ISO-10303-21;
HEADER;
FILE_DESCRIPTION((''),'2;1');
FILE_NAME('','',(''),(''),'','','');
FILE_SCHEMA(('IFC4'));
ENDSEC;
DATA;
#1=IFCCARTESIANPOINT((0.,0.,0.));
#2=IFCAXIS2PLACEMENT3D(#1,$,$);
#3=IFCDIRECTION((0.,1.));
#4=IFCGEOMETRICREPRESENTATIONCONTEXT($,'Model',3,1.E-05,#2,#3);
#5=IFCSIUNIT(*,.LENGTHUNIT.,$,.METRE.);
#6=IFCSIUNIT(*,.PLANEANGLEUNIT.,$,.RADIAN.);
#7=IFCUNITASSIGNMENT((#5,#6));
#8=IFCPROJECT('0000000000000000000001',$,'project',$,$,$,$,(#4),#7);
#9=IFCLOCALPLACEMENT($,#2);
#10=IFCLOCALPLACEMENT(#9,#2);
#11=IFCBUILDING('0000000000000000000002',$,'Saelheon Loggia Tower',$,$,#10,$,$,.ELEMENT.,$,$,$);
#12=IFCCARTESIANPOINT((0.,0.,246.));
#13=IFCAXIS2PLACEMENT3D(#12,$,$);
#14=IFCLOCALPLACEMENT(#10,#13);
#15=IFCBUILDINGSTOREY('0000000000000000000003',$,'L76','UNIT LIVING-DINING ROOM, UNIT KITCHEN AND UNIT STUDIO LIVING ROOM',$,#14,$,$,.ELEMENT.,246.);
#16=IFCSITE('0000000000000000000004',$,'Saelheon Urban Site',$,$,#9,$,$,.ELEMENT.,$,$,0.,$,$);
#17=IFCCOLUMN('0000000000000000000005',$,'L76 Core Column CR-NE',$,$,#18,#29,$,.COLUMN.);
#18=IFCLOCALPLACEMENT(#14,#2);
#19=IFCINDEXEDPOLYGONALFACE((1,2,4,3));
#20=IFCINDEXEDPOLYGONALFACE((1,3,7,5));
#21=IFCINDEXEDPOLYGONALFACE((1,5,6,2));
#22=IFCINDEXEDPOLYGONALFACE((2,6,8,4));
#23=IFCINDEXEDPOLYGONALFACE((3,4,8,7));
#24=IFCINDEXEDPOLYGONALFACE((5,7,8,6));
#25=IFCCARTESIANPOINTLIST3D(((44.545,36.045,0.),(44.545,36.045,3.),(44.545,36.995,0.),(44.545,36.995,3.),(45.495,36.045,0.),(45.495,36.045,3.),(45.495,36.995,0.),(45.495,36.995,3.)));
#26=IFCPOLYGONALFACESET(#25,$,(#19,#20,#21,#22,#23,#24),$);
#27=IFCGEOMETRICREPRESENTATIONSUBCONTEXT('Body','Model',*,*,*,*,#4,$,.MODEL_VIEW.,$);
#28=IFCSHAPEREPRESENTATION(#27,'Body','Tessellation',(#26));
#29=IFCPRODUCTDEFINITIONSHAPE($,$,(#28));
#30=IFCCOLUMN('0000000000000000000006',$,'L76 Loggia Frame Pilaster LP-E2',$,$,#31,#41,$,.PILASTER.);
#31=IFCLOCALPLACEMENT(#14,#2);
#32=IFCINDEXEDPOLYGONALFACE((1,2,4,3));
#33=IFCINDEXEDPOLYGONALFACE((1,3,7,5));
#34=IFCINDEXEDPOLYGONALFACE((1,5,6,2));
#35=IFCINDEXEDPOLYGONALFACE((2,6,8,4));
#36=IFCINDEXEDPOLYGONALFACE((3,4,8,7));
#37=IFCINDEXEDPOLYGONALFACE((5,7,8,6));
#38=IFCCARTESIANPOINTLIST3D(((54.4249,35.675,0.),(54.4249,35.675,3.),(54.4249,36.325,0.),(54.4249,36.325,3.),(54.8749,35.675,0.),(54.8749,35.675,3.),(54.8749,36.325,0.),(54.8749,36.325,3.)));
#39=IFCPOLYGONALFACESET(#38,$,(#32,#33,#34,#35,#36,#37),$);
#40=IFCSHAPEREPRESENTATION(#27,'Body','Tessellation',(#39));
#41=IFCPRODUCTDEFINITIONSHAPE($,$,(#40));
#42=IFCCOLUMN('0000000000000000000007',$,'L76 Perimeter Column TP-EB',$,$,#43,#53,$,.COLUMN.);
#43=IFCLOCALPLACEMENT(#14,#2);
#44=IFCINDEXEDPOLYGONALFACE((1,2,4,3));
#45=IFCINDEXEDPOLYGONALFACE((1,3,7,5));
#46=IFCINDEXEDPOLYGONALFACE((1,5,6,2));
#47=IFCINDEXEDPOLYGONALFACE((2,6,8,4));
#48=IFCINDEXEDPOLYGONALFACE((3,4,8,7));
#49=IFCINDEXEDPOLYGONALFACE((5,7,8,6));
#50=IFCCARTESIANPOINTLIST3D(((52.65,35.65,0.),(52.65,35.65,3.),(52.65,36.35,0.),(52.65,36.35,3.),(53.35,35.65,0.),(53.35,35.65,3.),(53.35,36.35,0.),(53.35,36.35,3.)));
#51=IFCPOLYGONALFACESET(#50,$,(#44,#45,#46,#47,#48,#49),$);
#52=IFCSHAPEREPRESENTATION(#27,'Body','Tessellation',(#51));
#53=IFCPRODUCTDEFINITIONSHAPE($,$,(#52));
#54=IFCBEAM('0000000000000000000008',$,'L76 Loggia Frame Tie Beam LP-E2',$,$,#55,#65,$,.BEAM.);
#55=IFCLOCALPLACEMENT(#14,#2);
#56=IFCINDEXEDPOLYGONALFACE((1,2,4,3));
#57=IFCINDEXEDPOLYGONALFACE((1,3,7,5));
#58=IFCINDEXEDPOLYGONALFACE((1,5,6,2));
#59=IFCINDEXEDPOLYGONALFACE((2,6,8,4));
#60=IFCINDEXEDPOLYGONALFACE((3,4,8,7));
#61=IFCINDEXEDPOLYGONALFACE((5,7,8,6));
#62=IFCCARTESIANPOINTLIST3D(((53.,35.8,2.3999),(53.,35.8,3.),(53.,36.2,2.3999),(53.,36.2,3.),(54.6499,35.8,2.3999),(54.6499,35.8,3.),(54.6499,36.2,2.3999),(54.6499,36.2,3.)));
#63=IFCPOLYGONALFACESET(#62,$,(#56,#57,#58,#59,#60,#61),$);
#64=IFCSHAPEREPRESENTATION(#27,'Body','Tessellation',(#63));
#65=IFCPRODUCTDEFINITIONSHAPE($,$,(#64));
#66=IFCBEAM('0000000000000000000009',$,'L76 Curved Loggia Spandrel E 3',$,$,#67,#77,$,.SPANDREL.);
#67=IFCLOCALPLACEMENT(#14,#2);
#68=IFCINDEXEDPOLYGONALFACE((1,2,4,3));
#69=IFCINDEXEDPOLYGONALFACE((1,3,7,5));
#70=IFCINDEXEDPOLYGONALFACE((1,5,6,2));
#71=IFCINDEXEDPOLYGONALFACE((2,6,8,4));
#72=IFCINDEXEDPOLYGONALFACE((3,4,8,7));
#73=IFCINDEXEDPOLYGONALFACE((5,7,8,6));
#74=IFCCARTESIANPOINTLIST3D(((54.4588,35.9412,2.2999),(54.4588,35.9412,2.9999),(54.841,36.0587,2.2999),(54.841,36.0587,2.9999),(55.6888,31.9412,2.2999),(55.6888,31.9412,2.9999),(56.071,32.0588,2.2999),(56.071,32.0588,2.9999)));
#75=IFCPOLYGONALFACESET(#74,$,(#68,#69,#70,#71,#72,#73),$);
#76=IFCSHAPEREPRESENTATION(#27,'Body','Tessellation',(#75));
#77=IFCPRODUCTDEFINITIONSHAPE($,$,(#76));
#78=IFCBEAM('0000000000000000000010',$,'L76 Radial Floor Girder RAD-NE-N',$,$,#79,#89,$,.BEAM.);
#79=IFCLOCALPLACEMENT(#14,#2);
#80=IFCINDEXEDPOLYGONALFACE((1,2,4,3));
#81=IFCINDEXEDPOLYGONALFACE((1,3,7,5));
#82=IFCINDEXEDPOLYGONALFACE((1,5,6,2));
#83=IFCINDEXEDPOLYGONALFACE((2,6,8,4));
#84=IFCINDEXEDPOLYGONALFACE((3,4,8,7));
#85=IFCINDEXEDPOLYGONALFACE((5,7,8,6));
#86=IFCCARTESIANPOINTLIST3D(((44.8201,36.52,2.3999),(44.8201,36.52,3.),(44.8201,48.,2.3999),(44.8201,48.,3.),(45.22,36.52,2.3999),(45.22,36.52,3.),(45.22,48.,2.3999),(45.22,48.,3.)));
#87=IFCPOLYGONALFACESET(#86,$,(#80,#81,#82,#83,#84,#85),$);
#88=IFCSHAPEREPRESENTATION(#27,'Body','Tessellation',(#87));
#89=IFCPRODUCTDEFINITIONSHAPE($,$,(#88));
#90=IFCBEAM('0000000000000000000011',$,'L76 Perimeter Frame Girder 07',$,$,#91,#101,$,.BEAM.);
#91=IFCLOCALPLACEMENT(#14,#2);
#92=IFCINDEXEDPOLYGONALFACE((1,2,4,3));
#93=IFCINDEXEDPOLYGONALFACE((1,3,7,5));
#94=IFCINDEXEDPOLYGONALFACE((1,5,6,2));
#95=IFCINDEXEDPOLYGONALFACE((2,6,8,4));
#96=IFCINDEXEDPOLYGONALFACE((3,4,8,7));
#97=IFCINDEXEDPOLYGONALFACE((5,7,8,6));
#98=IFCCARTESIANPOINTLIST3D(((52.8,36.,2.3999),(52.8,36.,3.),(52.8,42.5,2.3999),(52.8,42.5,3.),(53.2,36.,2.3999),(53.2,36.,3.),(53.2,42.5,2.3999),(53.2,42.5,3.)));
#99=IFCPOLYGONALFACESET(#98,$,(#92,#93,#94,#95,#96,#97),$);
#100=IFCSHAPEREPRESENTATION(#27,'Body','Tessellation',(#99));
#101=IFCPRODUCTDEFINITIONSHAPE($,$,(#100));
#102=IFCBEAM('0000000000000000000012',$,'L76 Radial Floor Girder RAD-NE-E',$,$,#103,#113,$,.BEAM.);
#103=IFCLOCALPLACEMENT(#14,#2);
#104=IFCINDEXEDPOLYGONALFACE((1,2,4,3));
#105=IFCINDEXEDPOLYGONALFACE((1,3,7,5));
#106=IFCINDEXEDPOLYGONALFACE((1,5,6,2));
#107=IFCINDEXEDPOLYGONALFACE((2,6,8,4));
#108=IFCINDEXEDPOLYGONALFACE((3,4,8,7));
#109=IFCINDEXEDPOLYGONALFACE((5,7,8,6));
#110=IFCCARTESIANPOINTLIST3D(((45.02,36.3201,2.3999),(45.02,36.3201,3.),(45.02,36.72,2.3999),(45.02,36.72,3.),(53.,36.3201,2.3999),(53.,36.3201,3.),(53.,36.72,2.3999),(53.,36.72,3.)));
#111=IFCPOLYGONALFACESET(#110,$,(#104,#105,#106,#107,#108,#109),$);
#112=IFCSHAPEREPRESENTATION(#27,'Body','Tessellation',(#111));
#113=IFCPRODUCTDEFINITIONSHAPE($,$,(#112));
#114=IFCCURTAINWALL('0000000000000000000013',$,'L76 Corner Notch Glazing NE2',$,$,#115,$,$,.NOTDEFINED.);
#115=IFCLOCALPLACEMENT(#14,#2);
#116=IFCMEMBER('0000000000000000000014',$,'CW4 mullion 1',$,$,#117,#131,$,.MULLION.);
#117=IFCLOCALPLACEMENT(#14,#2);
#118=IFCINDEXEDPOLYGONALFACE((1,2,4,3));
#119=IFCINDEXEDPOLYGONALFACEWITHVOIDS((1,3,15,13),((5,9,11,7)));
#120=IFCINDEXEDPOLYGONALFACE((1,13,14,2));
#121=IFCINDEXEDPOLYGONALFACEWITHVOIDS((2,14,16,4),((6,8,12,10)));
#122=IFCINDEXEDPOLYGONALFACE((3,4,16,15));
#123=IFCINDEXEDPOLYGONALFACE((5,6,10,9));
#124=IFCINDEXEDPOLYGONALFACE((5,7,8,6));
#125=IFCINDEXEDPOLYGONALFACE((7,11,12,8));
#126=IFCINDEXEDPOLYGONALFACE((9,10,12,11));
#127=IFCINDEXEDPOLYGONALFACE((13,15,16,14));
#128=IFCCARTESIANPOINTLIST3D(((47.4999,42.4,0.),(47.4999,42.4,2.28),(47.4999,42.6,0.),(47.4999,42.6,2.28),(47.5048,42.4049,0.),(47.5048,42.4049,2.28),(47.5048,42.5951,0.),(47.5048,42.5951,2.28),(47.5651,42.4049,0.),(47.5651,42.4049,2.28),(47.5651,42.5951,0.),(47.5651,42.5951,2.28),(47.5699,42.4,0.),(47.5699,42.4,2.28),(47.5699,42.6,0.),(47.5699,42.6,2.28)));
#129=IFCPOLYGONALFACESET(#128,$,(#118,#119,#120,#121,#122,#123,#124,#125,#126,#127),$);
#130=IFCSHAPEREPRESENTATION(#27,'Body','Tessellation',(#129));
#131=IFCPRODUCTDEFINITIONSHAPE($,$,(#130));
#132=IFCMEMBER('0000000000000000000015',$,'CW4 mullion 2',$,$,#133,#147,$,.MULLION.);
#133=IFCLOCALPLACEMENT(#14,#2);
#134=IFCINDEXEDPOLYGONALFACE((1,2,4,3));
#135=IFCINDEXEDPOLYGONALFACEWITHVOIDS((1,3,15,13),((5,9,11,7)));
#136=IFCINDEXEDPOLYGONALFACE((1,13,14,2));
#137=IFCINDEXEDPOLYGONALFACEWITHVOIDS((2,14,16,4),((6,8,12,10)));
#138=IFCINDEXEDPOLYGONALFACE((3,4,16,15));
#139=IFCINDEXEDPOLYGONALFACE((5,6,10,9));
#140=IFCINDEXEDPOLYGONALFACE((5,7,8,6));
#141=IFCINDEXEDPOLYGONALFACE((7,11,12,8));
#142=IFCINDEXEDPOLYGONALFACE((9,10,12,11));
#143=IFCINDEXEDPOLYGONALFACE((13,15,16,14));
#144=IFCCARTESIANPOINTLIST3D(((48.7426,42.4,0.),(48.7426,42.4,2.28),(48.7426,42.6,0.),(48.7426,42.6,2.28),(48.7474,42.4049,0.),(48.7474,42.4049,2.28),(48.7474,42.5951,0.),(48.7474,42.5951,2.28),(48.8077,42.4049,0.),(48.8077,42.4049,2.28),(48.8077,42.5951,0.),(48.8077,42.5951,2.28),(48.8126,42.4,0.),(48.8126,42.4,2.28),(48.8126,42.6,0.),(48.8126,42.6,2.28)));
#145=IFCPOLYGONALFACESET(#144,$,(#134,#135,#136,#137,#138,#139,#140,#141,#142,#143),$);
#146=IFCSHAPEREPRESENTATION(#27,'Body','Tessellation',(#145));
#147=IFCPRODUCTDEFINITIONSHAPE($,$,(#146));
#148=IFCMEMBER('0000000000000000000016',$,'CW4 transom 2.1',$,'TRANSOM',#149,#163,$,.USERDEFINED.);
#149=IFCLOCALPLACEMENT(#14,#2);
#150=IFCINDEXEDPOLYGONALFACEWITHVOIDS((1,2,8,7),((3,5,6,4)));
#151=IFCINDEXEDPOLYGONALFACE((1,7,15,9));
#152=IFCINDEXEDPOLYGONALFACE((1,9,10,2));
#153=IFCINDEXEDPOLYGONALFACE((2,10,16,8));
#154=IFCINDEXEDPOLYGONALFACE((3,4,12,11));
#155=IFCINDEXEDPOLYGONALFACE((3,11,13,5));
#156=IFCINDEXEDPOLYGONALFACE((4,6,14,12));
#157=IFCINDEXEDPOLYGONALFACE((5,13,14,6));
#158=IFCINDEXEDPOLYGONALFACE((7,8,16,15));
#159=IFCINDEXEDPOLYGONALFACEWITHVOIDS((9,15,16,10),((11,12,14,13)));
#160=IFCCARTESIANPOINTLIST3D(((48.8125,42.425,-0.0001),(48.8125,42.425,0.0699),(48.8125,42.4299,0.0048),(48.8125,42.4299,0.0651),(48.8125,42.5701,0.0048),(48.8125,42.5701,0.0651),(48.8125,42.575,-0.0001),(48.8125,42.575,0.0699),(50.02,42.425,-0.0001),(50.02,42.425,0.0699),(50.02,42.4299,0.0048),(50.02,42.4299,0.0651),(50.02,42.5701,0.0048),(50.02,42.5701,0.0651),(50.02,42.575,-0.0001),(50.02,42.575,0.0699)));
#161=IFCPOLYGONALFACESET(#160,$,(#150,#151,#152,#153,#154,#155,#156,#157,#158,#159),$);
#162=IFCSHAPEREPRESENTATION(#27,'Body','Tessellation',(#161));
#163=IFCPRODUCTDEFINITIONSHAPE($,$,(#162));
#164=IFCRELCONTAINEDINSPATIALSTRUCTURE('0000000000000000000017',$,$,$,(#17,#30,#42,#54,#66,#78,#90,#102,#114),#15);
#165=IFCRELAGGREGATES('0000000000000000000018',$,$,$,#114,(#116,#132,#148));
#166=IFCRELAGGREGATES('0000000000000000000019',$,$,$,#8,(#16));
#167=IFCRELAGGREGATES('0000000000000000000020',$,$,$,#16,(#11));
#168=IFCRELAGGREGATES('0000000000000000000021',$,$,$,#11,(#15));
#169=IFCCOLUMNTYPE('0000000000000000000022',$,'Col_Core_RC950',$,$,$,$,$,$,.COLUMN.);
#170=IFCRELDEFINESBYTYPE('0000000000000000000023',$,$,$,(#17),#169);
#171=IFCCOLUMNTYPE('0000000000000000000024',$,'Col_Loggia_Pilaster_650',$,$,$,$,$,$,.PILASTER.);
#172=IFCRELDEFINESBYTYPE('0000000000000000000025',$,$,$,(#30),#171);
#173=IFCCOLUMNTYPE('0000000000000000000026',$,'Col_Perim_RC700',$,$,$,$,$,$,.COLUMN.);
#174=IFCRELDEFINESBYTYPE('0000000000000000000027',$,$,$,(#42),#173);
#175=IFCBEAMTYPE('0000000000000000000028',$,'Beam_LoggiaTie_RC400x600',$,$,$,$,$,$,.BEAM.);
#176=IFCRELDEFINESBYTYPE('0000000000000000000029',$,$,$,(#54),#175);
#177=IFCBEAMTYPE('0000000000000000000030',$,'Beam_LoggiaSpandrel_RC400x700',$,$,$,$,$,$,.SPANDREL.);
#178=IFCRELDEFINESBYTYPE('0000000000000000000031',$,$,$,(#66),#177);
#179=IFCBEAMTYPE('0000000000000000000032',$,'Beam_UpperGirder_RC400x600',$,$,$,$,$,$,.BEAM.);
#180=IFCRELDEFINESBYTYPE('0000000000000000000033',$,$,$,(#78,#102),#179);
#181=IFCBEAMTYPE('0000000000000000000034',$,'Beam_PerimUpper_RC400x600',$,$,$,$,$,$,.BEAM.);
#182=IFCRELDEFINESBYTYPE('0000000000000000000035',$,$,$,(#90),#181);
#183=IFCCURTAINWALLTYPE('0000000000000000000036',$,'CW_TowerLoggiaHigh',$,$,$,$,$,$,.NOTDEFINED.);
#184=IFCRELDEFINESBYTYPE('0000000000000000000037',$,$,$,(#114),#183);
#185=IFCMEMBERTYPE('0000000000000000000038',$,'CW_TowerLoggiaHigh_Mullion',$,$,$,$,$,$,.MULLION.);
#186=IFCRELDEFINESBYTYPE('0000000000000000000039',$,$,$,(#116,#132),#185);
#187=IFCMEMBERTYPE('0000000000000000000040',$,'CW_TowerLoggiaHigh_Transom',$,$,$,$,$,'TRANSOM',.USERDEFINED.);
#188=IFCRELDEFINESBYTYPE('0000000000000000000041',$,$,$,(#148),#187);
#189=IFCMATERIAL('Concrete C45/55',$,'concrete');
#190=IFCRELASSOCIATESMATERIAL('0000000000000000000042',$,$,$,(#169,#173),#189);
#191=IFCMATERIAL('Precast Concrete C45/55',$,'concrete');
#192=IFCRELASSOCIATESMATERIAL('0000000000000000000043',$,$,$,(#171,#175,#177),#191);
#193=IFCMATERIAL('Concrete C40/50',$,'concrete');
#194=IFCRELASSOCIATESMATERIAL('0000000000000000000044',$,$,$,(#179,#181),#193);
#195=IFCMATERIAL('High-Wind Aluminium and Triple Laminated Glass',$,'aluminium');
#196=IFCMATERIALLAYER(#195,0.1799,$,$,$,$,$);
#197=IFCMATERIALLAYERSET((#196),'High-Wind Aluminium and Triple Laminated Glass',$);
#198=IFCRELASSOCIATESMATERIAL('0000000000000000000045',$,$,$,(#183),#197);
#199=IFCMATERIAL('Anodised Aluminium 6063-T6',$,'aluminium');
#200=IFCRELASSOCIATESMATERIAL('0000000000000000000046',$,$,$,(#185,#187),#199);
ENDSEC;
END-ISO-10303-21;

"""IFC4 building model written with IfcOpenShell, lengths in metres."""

from ifc_helpers import new_model, si_unit, direction, frame, origin, origin_2d, place, context, subcontext, project, spatial, rectangle, hollow_rectangle, extrude, source, transform, mapped, material, layer, layer_set, material_profile, profile_set, type_object, element, aggregate, save


model = new_model("IFC4")

# Units and contexts
model_context = context("Model", 3, precision=1e-05, world=origin(), true_north=direction((0.0, 1.0)))
body_context = subcontext(model_context, "Body", "Model", "MODEL_VIEW")
ifc_project = project(units=[si_unit("LENGTHUNIT", "METRE"), si_unit("PLANEANGLEUNIT", "RADIAN")], contexts=[model_context])

# Site, building, storey
site_placement = place(None, origin())
site = spatial("IfcSite", under=ifc_project, at=site_placement, Name="Saelheon Urban Site", CompositionType="ELEMENT", RefElevation=0.0)
building_placement = place(site_placement, origin())
building = spatial("IfcBuilding", under=site, at=building_placement, Name="Saelheon Loggia Tower", CompositionType="ELEMENT")
storey_placement = place(building_placement, frame((0.0, 0.0, 246.0)))
storey = spatial("IfcBuildingStorey", under=building, at=storey_placement, Name="L76", Description="UNIT LIVING-DINING ROOM, UNIT KITCHEN AND UNIT STUDIO LIVING ROOM", CompositionType="ELEMENT", Elevation=246.0)

# Columns
ifc_material_1 = material(Name="Concrete C45/55", Category="concrete")
ifc_material_profile_1 = material_profile(ifc_material_1, rectangle(XDim=0.95, YDim=0.95, at=origin_2d()), Name="RC-950x950")
ifc_profile_set_1 = profile_set([ifc_material_profile_1], Name="Concrete C45/55")
column_type_1 = type_object("IfcColumnType", Name="Col_Core_RC950", PredefinedType="COLUMN", material=ifc_profile_set_1)
shared_shape_1 = source(origin(), body_context, "Body", "SweptSolid", [
    extrude(rectangle(XDim=0.95, YDim=0.95, at=origin_2d()), origin(), (0.0, 0.0, 1.0), 3.0),
])
column_1_placement = place(storey_placement, frame((45.02, 36.52, 0.0), z_axis=(0.0, 0.0, 1.0), x_axis=(1.0, 0.0, 0.0)))
element("IfcColumn", 1, at=column_1_placement, inside=storey, type_object=column_type_1, Name="L76 Core Column CR-NE", PredefinedType="COLUMN", context=body_context, shape_type="MappedRepresentation", body=[
    mapped(shared_shape_1, transform((0.0, 0.0, 0.0), scale=1.0)),
])
ifc_material_2 = material(Name="Precast Concrete C45/55", Category="concrete")
ifc_material_profile_2 = material_profile(ifc_material_2, rectangle(XDim=0.45, YDim=0.6499, at=origin_2d()), Name="RC-450x650")
ifc_profile_set_2 = profile_set([ifc_material_profile_2], Name="Precast Concrete C45/55")
column_type_2 = type_object("IfcColumnType", Name="Col_Loggia_Pilaster_650", PredefinedType="PILASTER", material=ifc_profile_set_2)
shared_shape_2 = source(origin(), body_context, "Body", "SweptSolid", [
    extrude(rectangle(XDim=0.45, YDim=0.6499, at=origin_2d()), origin(), (0.0, 0.0, 1.0), 3.0),
])
column_2_placement = place(storey_placement, frame((54.6499, 36.0, 0.0), z_axis=(0.0, 0.0, 1.0), x_axis=(1.0, 0.0, 0.0)))
element("IfcColumn", 2, at=column_2_placement, inside=storey, type_object=column_type_2, Name="L76 Loggia Frame Pilaster LP-E2", PredefinedType="PILASTER", context=body_context, shape_type="MappedRepresentation", body=[
    mapped(shared_shape_2, transform((0.0, 0.0, 0.0), scale=1.0)),
])
ifc_material_profile_3 = material_profile(ifc_material_1, rectangle(XDim=0.7, YDim=0.7, at=origin_2d()), Name="RC-700x700")
ifc_profile_set_3 = profile_set([ifc_material_profile_3], Name="Concrete C45/55")
column_type_3 = type_object("IfcColumnType", Name="Col_Perim_RC700", PredefinedType="COLUMN", material=ifc_profile_set_3)
shared_shape_3 = source(origin(), body_context, "Body", "SweptSolid", [
    extrude(rectangle(XDim=0.7, YDim=0.7, at=origin_2d()), origin(), (0.0, 0.0, 1.0), 3.0),
])
column_3_placement = place(storey_placement, frame((53.0, 36.0, 0.0), z_axis=(0.0, 0.0, 1.0), x_axis=(1.0, 0.0, 0.0)))
element("IfcColumn", 3, at=column_3_placement, inside=storey, type_object=column_type_3, Name="L76 Perimeter Column TP-EB", PredefinedType="COLUMN", context=body_context, shape_type="MappedRepresentation", body=[
    mapped(shared_shape_3, transform((0.0, 0.0, 0.0), scale=1.0)),
])

# Beams
ifc_material_profile_4 = material_profile(ifc_material_2, rectangle(XDim=0.3999, YDim=0.6001, at=origin_2d()), Name="RC-400x600")
ifc_profile_set_4 = profile_set([ifc_material_profile_4], Name="Precast Concrete C45/55")
beam_type_1 = type_object("IfcBeamType", Name="Beam_LoggiaTie_RC400x600", PredefinedType="BEAM", material=ifc_profile_set_4)
shared_shape_4 = source(origin(), body_context, "Body", "SweptSolid", [
    extrude(rectangle(XDim=0.3999, YDim=0.6001, at=origin_2d()), origin(), (0.0, 0.0, 1.0), 1.6499),
])
beam_1_placement = place(storey_placement, frame((53.0, 36.0, 2.7), z_axis=(1.0, 0.0, 0.0), x_axis=(0.0, 1.0, 0.0)))
element("IfcBeam", 4, at=beam_1_placement, inside=storey, type_object=beam_type_1, Name="L76 Loggia Frame Tie Beam LP-E2", PredefinedType="BEAM", context=body_context, shape_type="MappedRepresentation", body=[
    mapped(shared_shape_4, transform((0.0, 0.0, 0.0), scale=1.0)),
])
ifc_material_profile_5 = material_profile(ifc_material_2, rectangle(XDim=0.3999, YDim=0.7, at=origin_2d()), Name="RC-400x700")
ifc_profile_set_5 = profile_set([ifc_material_profile_5], Name="Precast Concrete C45/55")
beam_type_2 = type_object("IfcBeamType", Name="Beam_LoggiaSpandrel_RC400x700", PredefinedType="SPANDREL", material=ifc_profile_set_5)
shared_shape_5 = source(origin(), body_context, "Body", "SweptSolid", [
    extrude(rectangle(XDim=0.3999, YDim=0.7, at=origin_2d()), origin(), (0.0, 0.0, 1.0), 4.1848),
])
beam_2_placement = place(storey_placement, frame((55.8799, 32.0, 2.6499), z_axis=(-0.293914, 0.955832, 0.0), x_axis=(-0.955832, -0.293914, 0.0)))
element("IfcBeam", 5, at=beam_2_placement, inside=storey, type_object=beam_type_2, Name="L76 Curved Loggia Spandrel E 3", PredefinedType="SPANDREL", context=body_context, shape_type="MappedRepresentation", body=[
    mapped(shared_shape_5, transform((0.0, 0.0, 0.0), scale=1.0)),
])
ifc_material_3 = material(Name="Concrete C40/50", Category="concrete")
ifc_material_profile_6 = material_profile(ifc_material_3, rectangle(XDim=0.3999, YDim=0.6001, at=origin_2d()), Name="RC-400x600")
ifc_profile_set_6 = profile_set([ifc_material_profile_6], Name="Concrete C40/50")
beam_type_3 = type_object("IfcBeamType", Name="Beam_UpperGirder_RC400x600", PredefinedType="BEAM", material=ifc_profile_set_6)
shared_shape_6 = source(origin(), body_context, "Body", "SweptSolid", [
    extrude(rectangle(XDim=0.3999, YDim=0.6001, at=origin_2d()), origin(), (0.0, 0.0, 1.0), 11.48),
])
beam_3_placement = place(storey_placement, frame((45.02, 36.52, 2.7), z_axis=(0.0, 1.0, 0.0), x_axis=(-1.0, 0.0, 0.0)))
element("IfcBeam", 6, at=beam_3_placement, inside=storey, type_object=beam_type_3, Name="L76 Radial Floor Girder RAD-NE-N", PredefinedType="BEAM", context=body_context, shape_type="MappedRepresentation", body=[
    mapped(shared_shape_6, transform((0.0, 0.0, 0.0), scale=1.0)),
])
ifc_material_profile_7 = material_profile(ifc_material_3, rectangle(XDim=0.3999, YDim=0.6001, at=origin_2d()), Name="RC-400x600")
ifc_profile_set_7 = profile_set([ifc_material_profile_7], Name="Concrete C40/50")
beam_type_4 = type_object("IfcBeamType", Name="Beam_PerimUpper_RC400x600", PredefinedType="BEAM", material=ifc_profile_set_7)
shared_shape_7 = source(origin(), body_context, "Body", "SweptSolid", [
    extrude(rectangle(XDim=0.3999, YDim=0.6001, at=origin_2d()), origin(), (0.0, 0.0, 1.0), 6.5),
])
beam_4_placement = place(storey_placement, frame((53.0, 36.0, 2.7), z_axis=(0.0, 1.0, 0.0), x_axis=(-1.0, 0.0, 0.0)))
element("IfcBeam", 7, at=beam_4_placement, inside=storey, type_object=beam_type_4, Name="L76 Perimeter Frame Girder 07", PredefinedType="BEAM", context=body_context, shape_type="MappedRepresentation", body=[
    mapped(shared_shape_7, transform((0.0, 0.0, 0.0), scale=1.0)),
])
shared_shape_8 = source(origin(), body_context, "Body", "SweptSolid", [
    extrude(rectangle(XDim=0.3999, YDim=0.6001, at=origin_2d()), origin(), (0.0, 0.0, 1.0), 7.98),
])
beam_5_placement = place(storey_placement, frame((45.02, 36.52, 2.7), z_axis=(1.0, 0.0, 0.0), x_axis=(0.0, 1.0, 0.0)))
element("IfcBeam", 8, at=beam_5_placement, inside=storey, type_object=beam_type_3, Name="L76 Radial Floor Girder RAD-NE-E", PredefinedType="BEAM", context=body_context, shape_type="MappedRepresentation", body=[
    mapped(shared_shape_8, transform((0.0, 0.0, 0.0), scale=1.0)),
])

# Curtain wall, members
ifc_material_4 = material(Name="High-Wind Aluminium and Triple Laminated Glass", Category="aluminium")
ifc_layer_1 = layer(ifc_material_4, 0.1799)
ifc_layer_set_1 = layer_set([ifc_layer_1], Name="High-Wind Aluminium and Triple Laminated Glass")
curtain_wall_type = type_object("IfcCurtainWallType", Name="CW_TowerLoggiaHigh", PredefinedType="NOTDEFINED", material=ifc_layer_set_1)
curtain_wall_placement = place(storey_placement, origin())
curtain_wall = element("IfcCurtainWall", 9, at=curtain_wall_placement, inside=storey, type_object=curtain_wall_type, Name="L76 Corner Notch Glazing NE2", PredefinedType="NOTDEFINED")
ifc_material_5 = material(Name="Anodised Aluminium 6063-T6", Category="aluminium")
ifc_material_profile_8 = material_profile(ifc_material_5, hollow_rectangle(XDim=0.0701, YDim=0.2, WallThickness=0.0049, at=origin_2d()), Name="RHS-200x70x5")
ifc_profile_set_8 = profile_set([ifc_material_profile_8], Name="Anodised Aluminium 6063-T6")
member_type_1 = type_object("IfcMemberType", Name="CW_TowerLoggiaHigh_Mullion", PredefinedType="MULLION", material=ifc_profile_set_8)
shared_shape_9 = source(origin(), body_context, "Body", "SweptSolid", [
    extrude(hollow_rectangle(XDim=0.0701, YDim=0.2, WallThickness=0.0049, at=origin_2d()), origin(), (0.0, 0.0, 1.0), 2.28),
])
member_1_placement = place(storey_placement, frame((47.5349, 42.5, 0.0), z_axis=(0.0, 0.0, 1.0), x_axis=(1.0, 0.0, 0.0)))
member_1 = element("IfcMember", 10, at=member_1_placement, type_object=member_type_1, Name="CW4 mullion 1", PredefinedType="MULLION", context=body_context, shape_type="MappedRepresentation", body=[
    mapped(shared_shape_9, transform((0.0, 0.0, 0.0), scale=1.0)),
])
member_2_placement = place(storey_placement, frame((48.7776, 42.5, 0.0), z_axis=(0.0, 0.0, 1.0), x_axis=(1.0, 0.0, 0.0)))
member_2 = element("IfcMember", 11, at=member_2_placement, type_object=member_type_1, Name="CW4 mullion 2", PredefinedType="MULLION", context=body_context, shape_type="MappedRepresentation", body=[
    mapped(shared_shape_9, transform((0.0, 0.0, 0.0), scale=1.0)),
])
ifc_material_profile_9 = material_profile(ifc_material_5, hollow_rectangle(XDim=0.0701, YDim=0.1499, WallThickness=0.0049, at=origin_2d()), Name="RHS-150x70x5")
ifc_profile_set_9 = profile_set([ifc_material_profile_9], Name="Anodised Aluminium 6063-T6")
member_type_2 = type_object("IfcMemberType", Name="CW_TowerLoggiaHigh_Transom", ElementType="TRANSOM", PredefinedType="USERDEFINED", material=ifc_profile_set_9)
shared_shape_10 = source(origin(), body_context, "Body", "SweptSolid", [
    extrude(hollow_rectangle(XDim=0.0701, YDim=0.1499, WallThickness=0.0049, at=origin_2d()), origin(), (0.0, 0.0, 1.0), 1.2075),
])
member_3_placement = place(storey_placement, frame((48.8125, 42.5, 0.0349), z_axis=(1.0, 0.0, 0.0), x_axis=(0.0, 0.0, 1.0)))
member_3 = element("IfcMember", 12, at=member_3_placement, type_object=member_type_2, Name="CW4 transom 2.1", ObjectType="TRANSOM", PredefinedType="USERDEFINED", context=body_context, shape_type="MappedRepresentation", body=[
    mapped(shared_shape_10, transform((0.0, 0.0, 0.0), scale=1.0)),
])
aggregate(curtain_wall, [member_1, member_2, member_3])

save(model, "model.ifc")
